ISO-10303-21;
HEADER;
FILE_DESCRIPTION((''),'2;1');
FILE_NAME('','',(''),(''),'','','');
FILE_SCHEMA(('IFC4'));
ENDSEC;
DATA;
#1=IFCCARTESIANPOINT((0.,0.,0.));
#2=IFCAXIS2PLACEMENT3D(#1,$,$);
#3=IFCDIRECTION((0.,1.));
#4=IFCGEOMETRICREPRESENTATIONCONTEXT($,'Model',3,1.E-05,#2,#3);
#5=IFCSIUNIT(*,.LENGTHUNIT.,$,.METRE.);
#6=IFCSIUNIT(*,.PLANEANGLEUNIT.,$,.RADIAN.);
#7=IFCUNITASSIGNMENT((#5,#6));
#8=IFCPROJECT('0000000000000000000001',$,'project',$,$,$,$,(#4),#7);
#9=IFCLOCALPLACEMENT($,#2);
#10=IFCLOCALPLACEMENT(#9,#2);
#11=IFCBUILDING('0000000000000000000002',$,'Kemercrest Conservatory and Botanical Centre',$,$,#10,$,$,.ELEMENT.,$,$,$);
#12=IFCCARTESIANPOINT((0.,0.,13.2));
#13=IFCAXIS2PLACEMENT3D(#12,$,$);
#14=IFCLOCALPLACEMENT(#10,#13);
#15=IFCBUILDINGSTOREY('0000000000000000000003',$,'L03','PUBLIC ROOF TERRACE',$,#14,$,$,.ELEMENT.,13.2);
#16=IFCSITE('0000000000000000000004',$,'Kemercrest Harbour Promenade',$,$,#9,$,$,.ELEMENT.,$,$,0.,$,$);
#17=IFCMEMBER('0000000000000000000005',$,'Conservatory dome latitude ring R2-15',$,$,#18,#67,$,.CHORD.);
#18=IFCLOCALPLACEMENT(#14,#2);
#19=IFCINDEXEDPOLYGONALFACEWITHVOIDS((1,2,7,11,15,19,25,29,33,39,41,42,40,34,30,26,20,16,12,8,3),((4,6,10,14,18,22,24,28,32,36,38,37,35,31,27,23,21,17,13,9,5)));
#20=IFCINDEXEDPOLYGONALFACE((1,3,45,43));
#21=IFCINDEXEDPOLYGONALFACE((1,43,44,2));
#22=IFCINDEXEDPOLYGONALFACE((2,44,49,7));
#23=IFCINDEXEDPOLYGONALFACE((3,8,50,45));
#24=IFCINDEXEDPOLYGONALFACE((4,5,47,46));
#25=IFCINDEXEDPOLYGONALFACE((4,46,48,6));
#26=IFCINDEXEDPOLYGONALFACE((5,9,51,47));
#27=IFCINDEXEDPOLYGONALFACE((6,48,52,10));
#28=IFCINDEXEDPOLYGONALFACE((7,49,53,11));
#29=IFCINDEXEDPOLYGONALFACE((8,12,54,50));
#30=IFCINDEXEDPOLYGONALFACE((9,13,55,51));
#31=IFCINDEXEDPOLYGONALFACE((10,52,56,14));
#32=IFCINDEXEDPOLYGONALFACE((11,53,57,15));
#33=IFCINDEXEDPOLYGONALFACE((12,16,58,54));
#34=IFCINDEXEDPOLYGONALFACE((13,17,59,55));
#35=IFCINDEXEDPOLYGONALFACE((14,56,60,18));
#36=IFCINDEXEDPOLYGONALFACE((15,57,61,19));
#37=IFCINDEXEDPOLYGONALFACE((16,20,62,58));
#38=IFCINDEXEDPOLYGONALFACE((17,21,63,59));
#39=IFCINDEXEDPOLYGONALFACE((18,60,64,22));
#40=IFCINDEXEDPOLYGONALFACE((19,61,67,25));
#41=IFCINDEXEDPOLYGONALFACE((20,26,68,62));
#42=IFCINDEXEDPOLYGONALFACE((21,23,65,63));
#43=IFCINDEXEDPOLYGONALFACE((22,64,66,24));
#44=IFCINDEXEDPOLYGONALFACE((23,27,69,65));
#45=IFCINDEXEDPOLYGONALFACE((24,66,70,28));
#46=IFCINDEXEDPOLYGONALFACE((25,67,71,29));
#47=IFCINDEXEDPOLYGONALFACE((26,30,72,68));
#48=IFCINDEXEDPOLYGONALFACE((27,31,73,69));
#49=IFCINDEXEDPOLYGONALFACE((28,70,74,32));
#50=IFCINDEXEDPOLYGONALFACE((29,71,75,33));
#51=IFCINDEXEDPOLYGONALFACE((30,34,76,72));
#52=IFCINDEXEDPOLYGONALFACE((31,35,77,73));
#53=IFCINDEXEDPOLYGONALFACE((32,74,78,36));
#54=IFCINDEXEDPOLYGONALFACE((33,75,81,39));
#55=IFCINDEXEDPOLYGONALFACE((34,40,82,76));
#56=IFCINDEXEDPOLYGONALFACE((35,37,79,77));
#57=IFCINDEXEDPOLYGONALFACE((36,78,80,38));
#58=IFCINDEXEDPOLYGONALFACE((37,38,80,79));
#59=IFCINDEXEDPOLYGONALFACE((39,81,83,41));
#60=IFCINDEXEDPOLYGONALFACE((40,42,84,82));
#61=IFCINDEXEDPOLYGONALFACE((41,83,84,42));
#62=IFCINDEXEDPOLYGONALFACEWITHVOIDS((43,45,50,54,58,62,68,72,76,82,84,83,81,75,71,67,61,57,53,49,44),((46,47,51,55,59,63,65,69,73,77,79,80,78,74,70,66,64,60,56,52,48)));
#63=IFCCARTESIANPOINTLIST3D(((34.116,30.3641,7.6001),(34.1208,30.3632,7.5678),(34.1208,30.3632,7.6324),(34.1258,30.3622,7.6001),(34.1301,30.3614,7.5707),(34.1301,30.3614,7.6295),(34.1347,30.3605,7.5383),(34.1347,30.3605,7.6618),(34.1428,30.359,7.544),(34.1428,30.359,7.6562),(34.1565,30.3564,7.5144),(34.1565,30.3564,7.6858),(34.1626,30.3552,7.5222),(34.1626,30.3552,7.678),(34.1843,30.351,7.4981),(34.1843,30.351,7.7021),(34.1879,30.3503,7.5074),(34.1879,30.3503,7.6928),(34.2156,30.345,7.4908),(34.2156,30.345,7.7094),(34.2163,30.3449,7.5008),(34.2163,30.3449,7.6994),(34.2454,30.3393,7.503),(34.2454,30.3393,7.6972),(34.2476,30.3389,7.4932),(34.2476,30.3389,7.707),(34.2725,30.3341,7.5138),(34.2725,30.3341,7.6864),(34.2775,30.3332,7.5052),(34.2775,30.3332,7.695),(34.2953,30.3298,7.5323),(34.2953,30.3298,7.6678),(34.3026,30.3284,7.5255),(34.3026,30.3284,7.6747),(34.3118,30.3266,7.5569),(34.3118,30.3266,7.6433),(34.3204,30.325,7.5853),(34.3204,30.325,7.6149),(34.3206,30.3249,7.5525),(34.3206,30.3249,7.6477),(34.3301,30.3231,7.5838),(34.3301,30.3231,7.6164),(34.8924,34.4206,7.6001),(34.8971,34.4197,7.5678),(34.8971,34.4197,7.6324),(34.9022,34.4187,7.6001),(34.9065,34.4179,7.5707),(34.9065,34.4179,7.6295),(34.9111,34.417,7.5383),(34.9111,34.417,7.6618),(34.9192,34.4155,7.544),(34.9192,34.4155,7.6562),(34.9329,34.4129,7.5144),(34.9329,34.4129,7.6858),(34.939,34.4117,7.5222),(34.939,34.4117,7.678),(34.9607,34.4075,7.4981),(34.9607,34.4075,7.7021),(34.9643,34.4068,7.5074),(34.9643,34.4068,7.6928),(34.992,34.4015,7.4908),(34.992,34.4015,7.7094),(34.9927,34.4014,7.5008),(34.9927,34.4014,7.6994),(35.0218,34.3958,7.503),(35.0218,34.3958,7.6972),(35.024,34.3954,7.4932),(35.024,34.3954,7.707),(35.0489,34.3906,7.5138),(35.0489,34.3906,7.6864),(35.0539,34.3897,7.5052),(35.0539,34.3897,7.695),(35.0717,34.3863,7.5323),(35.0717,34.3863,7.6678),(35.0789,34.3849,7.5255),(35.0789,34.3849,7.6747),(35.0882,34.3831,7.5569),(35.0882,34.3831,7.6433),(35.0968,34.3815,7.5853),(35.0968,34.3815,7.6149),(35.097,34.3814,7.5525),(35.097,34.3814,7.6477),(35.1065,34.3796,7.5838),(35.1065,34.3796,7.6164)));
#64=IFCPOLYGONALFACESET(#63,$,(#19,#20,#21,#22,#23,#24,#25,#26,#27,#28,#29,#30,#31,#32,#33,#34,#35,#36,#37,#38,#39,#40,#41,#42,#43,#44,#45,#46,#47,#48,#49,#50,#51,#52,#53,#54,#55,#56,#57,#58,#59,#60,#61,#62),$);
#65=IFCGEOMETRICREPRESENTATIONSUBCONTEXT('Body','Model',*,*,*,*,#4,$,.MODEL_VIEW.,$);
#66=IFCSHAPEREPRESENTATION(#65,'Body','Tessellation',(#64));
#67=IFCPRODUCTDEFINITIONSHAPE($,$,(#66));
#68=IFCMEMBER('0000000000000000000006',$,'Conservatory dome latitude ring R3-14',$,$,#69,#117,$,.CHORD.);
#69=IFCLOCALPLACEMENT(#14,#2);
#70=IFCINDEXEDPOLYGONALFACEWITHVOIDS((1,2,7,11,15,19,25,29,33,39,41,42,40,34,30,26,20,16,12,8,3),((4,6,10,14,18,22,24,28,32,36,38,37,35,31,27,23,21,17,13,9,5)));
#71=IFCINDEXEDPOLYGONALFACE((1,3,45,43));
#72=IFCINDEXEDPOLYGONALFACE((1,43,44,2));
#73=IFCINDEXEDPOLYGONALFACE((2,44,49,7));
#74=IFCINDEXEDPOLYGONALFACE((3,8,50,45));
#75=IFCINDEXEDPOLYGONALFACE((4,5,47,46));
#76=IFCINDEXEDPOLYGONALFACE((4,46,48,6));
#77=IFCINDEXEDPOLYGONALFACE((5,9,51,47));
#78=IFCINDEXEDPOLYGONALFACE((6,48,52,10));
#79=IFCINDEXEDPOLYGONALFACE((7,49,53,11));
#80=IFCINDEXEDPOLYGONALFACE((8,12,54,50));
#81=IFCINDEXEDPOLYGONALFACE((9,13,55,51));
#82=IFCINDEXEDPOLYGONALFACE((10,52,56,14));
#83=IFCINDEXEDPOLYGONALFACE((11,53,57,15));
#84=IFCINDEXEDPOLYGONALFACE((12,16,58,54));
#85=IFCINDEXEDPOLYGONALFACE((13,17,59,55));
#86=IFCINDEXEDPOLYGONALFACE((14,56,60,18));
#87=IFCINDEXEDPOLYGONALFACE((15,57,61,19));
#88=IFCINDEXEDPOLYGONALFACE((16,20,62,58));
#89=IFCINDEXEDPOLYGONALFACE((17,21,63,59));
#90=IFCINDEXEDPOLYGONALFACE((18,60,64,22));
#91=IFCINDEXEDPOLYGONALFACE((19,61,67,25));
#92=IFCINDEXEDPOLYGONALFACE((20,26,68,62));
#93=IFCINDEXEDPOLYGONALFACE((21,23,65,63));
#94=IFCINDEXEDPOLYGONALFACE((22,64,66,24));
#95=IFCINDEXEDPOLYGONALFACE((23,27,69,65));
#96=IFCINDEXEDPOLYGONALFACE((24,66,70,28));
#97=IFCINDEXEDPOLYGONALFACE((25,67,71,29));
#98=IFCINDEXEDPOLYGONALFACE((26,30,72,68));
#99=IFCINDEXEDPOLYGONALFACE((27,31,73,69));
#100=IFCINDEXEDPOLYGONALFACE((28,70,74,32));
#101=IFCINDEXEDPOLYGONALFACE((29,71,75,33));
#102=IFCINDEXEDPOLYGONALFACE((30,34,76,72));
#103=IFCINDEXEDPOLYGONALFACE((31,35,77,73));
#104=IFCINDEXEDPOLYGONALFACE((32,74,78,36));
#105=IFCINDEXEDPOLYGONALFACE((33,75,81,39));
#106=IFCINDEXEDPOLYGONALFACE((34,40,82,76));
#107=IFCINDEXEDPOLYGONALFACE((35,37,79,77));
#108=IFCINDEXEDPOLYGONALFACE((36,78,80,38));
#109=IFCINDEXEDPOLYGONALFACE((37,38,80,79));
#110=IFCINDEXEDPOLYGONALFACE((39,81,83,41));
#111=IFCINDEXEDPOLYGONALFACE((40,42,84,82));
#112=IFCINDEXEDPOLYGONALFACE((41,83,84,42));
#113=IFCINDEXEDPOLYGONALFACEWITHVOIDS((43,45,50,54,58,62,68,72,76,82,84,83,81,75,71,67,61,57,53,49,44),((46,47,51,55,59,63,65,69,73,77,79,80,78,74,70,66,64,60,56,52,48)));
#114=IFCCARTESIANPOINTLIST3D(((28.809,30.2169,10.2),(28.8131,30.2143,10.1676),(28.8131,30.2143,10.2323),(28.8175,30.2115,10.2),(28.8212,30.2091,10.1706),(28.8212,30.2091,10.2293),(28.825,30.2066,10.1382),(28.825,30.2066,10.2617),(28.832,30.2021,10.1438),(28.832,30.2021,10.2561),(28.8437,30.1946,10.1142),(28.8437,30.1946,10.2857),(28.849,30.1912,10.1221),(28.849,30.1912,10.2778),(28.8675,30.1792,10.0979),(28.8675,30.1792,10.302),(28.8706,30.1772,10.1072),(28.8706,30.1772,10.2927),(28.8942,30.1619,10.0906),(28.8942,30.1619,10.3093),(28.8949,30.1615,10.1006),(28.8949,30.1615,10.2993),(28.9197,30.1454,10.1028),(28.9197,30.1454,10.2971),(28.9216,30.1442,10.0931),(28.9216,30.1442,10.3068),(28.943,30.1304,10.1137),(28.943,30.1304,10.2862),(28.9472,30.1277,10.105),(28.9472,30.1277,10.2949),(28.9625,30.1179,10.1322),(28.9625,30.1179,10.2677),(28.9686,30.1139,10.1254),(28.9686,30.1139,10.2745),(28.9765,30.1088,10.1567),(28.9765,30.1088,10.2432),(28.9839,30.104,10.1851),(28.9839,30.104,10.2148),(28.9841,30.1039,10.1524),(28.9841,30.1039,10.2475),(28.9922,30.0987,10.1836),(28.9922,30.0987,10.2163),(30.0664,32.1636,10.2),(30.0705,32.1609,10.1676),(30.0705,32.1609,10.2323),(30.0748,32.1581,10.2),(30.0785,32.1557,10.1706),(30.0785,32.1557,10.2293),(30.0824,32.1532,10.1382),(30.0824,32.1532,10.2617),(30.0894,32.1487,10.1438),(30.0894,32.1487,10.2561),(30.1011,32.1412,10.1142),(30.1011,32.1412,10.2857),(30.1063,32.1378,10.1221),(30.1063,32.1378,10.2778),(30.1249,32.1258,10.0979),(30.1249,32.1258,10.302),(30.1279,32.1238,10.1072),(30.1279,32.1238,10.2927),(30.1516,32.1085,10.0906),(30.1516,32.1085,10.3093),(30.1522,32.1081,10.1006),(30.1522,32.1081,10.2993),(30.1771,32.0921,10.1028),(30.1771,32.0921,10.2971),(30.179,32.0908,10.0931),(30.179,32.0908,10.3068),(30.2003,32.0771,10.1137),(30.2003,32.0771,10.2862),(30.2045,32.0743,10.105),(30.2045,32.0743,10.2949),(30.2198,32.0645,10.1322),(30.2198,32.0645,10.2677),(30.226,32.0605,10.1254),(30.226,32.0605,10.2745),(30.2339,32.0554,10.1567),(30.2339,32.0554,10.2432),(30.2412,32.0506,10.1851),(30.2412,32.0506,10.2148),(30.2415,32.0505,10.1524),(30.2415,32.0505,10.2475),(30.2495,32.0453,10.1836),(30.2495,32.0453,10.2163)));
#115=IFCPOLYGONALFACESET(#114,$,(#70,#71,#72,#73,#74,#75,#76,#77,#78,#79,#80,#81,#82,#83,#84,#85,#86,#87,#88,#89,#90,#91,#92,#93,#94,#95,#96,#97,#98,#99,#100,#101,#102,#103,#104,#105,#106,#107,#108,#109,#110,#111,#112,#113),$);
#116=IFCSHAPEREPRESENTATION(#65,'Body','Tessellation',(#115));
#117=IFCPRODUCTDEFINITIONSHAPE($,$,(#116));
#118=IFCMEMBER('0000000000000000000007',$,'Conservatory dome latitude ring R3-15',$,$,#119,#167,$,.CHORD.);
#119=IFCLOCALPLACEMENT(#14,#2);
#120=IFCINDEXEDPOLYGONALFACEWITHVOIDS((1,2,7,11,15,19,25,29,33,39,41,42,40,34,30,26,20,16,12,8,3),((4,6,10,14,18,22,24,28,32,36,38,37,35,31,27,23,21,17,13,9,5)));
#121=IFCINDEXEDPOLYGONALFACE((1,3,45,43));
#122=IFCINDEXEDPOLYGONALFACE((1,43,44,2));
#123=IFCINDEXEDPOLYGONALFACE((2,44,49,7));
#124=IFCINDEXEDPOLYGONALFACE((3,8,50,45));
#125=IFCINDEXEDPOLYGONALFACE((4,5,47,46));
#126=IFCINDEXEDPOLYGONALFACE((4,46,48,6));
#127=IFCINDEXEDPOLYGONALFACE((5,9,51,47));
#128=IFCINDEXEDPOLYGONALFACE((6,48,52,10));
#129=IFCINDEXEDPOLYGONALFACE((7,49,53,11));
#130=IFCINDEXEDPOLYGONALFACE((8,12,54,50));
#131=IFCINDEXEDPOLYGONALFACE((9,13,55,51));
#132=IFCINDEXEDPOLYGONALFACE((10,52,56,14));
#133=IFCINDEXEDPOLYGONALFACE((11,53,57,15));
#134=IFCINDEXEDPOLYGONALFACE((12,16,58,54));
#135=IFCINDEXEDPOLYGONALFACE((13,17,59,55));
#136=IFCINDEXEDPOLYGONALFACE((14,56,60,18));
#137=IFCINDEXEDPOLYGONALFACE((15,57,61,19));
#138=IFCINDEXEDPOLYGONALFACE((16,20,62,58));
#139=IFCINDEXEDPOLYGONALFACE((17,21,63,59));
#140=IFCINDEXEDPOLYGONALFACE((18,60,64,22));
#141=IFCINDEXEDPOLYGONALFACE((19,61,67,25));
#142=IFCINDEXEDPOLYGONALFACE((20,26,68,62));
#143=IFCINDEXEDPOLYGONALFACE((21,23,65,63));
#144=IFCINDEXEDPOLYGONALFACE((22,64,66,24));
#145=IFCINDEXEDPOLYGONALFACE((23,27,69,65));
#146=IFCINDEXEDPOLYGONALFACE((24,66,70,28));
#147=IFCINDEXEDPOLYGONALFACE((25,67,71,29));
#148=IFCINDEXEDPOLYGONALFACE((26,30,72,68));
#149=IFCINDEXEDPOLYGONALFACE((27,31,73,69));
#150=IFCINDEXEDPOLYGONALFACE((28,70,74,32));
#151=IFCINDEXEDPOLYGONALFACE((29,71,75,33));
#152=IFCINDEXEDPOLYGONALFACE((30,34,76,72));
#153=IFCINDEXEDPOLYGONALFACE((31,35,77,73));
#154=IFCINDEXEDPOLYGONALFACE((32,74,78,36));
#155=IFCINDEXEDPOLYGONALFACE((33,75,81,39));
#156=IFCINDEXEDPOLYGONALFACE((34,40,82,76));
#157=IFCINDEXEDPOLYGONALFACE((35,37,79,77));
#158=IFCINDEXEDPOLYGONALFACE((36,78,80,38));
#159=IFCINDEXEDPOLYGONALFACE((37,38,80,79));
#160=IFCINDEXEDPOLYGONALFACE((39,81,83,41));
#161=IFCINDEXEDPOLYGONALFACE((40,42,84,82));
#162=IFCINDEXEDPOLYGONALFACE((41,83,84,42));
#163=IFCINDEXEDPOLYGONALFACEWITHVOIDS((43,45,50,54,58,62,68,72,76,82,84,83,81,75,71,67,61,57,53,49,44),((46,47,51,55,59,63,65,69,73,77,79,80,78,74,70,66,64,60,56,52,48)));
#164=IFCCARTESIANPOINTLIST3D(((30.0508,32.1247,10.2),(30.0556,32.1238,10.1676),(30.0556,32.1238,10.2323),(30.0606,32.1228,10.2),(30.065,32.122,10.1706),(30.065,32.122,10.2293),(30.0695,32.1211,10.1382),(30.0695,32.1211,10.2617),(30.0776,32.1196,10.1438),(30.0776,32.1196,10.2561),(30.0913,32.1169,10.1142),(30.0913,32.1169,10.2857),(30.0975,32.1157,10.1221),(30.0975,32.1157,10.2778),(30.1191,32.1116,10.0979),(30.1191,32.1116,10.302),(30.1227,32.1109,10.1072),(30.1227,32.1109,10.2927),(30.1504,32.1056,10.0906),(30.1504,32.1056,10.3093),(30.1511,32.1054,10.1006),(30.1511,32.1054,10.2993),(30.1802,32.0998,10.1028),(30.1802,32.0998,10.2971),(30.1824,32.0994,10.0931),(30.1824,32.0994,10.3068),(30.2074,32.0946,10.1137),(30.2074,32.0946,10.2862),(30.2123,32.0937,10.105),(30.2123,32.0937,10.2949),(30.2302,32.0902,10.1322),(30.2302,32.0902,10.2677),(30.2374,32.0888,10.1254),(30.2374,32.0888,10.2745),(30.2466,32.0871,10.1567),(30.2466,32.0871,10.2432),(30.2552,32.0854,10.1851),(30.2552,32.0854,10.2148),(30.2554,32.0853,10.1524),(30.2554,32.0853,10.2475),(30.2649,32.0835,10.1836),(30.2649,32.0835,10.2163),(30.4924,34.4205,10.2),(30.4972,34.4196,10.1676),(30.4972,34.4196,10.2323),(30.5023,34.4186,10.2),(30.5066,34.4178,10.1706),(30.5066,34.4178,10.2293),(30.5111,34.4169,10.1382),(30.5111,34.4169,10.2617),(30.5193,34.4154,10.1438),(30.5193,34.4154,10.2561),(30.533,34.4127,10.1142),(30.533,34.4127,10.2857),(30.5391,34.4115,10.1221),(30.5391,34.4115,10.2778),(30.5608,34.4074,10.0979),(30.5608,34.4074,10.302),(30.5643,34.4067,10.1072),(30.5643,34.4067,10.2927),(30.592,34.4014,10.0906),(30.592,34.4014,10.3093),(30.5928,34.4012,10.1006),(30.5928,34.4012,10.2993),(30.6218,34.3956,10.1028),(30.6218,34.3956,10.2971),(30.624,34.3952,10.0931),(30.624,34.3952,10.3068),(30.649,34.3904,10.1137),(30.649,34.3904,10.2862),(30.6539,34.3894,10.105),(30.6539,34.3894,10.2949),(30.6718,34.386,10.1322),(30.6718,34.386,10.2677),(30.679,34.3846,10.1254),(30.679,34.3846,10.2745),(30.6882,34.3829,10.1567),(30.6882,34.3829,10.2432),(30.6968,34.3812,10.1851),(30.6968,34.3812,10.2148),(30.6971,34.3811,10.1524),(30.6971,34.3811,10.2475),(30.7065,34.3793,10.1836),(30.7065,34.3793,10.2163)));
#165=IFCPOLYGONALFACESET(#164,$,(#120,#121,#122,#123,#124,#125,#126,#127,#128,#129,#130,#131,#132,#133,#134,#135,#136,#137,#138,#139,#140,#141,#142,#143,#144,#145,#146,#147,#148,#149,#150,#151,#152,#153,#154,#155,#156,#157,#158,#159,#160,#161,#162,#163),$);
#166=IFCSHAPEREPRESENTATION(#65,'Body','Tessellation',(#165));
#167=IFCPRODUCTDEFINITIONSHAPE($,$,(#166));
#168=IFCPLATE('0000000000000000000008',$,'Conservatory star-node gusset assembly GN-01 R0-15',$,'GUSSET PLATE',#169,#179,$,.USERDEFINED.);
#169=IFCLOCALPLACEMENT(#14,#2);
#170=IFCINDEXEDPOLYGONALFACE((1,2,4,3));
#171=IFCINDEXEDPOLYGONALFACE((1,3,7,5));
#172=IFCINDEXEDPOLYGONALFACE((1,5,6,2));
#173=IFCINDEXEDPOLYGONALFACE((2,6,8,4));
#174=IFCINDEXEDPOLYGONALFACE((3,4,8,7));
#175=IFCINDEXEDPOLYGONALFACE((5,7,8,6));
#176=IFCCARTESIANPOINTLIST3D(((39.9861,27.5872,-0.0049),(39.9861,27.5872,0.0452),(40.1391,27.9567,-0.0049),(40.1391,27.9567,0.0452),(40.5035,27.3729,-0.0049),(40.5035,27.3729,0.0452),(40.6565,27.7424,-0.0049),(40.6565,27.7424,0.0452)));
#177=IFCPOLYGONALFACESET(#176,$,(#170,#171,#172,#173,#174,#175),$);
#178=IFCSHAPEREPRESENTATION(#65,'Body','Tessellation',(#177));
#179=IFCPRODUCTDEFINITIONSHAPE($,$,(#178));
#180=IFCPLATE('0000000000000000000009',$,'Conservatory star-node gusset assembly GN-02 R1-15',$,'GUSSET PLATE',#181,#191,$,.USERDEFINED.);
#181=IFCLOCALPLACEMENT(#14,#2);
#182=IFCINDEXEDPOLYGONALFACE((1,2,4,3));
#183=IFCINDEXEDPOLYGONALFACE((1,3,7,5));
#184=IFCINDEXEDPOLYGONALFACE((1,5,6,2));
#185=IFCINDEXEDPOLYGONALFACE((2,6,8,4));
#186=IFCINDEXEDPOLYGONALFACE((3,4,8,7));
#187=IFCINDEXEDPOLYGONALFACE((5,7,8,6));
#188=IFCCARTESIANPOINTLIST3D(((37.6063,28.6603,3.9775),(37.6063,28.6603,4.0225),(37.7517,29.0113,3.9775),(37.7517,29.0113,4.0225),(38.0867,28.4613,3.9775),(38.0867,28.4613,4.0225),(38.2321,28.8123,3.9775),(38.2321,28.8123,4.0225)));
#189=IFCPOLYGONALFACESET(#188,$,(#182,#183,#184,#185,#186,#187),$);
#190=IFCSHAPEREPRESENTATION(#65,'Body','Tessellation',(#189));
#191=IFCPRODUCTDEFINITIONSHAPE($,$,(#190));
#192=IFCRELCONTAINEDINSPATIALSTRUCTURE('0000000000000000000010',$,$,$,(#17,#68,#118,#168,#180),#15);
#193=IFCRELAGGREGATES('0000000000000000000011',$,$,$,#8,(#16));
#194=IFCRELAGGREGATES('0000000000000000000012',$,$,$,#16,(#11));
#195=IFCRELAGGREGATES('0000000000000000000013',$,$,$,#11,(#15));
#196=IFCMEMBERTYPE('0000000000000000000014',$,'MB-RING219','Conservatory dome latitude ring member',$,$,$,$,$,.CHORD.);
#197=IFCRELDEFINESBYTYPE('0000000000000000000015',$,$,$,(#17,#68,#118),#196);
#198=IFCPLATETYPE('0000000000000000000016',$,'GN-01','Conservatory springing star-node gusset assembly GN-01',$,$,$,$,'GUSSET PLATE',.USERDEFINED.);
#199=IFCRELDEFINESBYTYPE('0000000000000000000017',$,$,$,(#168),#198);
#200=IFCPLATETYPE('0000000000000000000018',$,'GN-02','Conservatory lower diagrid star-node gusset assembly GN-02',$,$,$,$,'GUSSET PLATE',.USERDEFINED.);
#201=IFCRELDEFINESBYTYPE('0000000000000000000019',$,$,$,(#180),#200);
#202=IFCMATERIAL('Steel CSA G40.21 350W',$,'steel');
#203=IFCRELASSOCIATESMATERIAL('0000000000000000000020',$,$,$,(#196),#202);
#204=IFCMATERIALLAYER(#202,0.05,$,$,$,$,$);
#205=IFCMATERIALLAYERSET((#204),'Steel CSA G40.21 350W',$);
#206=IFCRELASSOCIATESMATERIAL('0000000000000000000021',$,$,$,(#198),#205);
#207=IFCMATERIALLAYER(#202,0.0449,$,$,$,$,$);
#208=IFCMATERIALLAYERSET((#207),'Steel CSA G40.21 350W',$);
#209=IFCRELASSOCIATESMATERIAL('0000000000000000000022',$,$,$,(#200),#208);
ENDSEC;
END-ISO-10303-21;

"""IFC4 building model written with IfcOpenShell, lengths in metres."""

from ifc_helpers import new_model, si_unit, direction, frame, origin, origin_2d, place, context, subcontext, project, spatial, rectangle, hollow_circle, extrude, material, layer, layer_set, material_profile, profile_set, type_object, element, save


model = new_model("IFC4")

# Units and contexts
model_context = context("Model", 3, precision=1e-05, world=origin(), true_north=direction((0.0, 1.0)))
body_context = subcontext(model_context, "Body", "Model", "MODEL_VIEW")
ifc_project = project(units=[si_unit("LENGTHUNIT", "METRE"), si_unit("PLANEANGLEUNIT", "RADIAN")], contexts=[model_context])

# Site, building, storey
site_placement = place(None, origin())
site = spatial("IfcSite", under=ifc_project, at=site_placement, Name="Kemercrest Harbour Promenade", CompositionType="ELEMENT", RefElevation=0.0)
building_placement = place(site_placement, origin())
building = spatial("IfcBuilding", under=site, at=building_placement, Name="Kemercrest Conservatory and Botanical Centre", CompositionType="ELEMENT")
storey_placement = place(building_placement, frame((0.0, 0.0, 13.2)))
storey = spatial("IfcBuildingStorey", under=building, at=storey_placement, Name="L03", Description="PUBLIC ROOF TERRACE", CompositionType="ELEMENT", Elevation=13.2)

# Shared definitions
ifc_material_1 = material(Name="Steel CSA G40.21 350W", Category="steel")

# Members
ifc_material_profile_1 = material_profile(ifc_material_1, hollow_circle(Radius=0.1096, WallThickness=0.01, at=origin_2d()), Name="CHS 219.1x10.0")
ifc_profile_set_1 = profile_set([ifc_material_profile_1], Name="Steel CSA G40.21 350W")
member_type_1 = type_object("IfcMemberType", Name="MB-RING219", Description="Conservatory dome latitude ring member", PredefinedType="CHORD", material=ifc_profile_set_1)
member_1_placement = place(storey_placement, frame((34.2236, 30.3435, 7.6001), z_axis=(0.187981, 0.982173, 0.0), x_axis=(-0.982173, 0.187981, 0.0)))
element("IfcMember", 1, at=member_1_placement, inside=storey, type_object=member_type_1, Name="Conservatory dome latitude ring R2-15", PredefinedType="CHORD", context=body_context, shape_type="SweptSolid", body=[
    extrude(hollow_circle(Radius=0.1096, WallThickness=0.01, at=origin_2d()), origin(), (0.0, 0.0, 1.0), 4.1301),
])
member_2_placement = place(storey_placement, frame((28.9011, 30.1575, 10.2), z_axis=(0.542583, 0.840002, 0.0), x_axis=(-0.840002, 0.542583, 0.0)))
element("IfcMember", 2, at=member_2_placement, inside=storey, type_object=member_type_1, Name="Conservatory dome latitude ring R3-14", PredefinedType="CHORD", context=body_context, shape_type="SweptSolid", body=[
    extrude(hollow_circle(Radius=0.1096, WallThickness=0.01, at=origin_2d()), origin(), (0.0, 0.0, 1.0), 2.3174),
])
member_3_placement = place(storey_placement, frame((30.1584, 32.104, 10.2), z_axis=(0.188902, 0.981996, 0.0), x_axis=(-0.981996, 0.188902, 0.0)))
element("IfcMember", 3, at=member_3_placement, inside=storey, type_object=member_type_1, Name="Conservatory dome latitude ring R3-15", PredefinedType="CHORD", context=body_context, shape_type="SweptSolid", body=[
    extrude(hollow_circle(Radius=0.1096, WallThickness=0.01, at=origin_2d()), origin(), (0.0, 0.0, 1.0), 2.3379),
])

# Plates
ifc_layer_1 = layer(ifc_material_1, 0.05)
ifc_layer_set_1 = layer_set([ifc_layer_1], Name="Steel CSA G40.21 350W")
plate_type_1 = type_object("IfcPlateType", Name="GN-01", Description="Conservatory springing star-node gusset assembly GN-01", ElementType="GUSSET PLATE", PredefinedType="USERDEFINED", material=ifc_layer_set_1)
plate_1_placement = place(storey_placement, frame((40.3213, 27.6648, -0.0049), z_axis=(0.0, 0.0, 1.0), x_axis=(-0.92388, 0.382683, 0.0)))
element("IfcPlate", 4, at=plate_1_placement, inside=storey, type_object=plate_type_1, Name="Conservatory star-node gusset assembly GN-01 R0-15", ObjectType="GUSSET PLATE", PredefinedType="USERDEFINED", context=body_context, shape_type="SweptSolid", body=[
    extrude(rectangle(XDim=0.5601, YDim=0.3999, at=origin_2d()), origin(), (0.0, 0.0, 1.0), 0.05),
])
ifc_layer_2 = layer(ifc_material_1, 0.0449)
ifc_layer_set_2 = layer_set([ifc_layer_2], Name="Steel CSA G40.21 350W")
plate_type_2 = type_object("IfcPlateType", Name="GN-02", Description="Conservatory lower diagrid star-node gusset assembly GN-02", ElementType="GUSSET PLATE", PredefinedType="USERDEFINED", material=ifc_layer_set_2)
plate_2_placement = place(storey_placement, frame((37.9192, 28.7363, 3.9775), z_axis=(0.0, 0.0, 1.0), x_axis=(-0.92388, 0.382683, 0.0)))
element("IfcPlate", 5, at=plate_2_placement, inside=storey, type_object=plate_type_2, Name="Conservatory star-node gusset assembly GN-02 R1-15", ObjectType="GUSSET PLATE", PredefinedType="USERDEFINED", context=body_context, shape_type="SweptSolid", body=[
    extrude(rectangle(XDim=0.52, YDim=0.3799, at=origin_2d()), origin(), (0.0, 0.0, 1.0), 0.0449),
])

save(model, "model.ifc")
